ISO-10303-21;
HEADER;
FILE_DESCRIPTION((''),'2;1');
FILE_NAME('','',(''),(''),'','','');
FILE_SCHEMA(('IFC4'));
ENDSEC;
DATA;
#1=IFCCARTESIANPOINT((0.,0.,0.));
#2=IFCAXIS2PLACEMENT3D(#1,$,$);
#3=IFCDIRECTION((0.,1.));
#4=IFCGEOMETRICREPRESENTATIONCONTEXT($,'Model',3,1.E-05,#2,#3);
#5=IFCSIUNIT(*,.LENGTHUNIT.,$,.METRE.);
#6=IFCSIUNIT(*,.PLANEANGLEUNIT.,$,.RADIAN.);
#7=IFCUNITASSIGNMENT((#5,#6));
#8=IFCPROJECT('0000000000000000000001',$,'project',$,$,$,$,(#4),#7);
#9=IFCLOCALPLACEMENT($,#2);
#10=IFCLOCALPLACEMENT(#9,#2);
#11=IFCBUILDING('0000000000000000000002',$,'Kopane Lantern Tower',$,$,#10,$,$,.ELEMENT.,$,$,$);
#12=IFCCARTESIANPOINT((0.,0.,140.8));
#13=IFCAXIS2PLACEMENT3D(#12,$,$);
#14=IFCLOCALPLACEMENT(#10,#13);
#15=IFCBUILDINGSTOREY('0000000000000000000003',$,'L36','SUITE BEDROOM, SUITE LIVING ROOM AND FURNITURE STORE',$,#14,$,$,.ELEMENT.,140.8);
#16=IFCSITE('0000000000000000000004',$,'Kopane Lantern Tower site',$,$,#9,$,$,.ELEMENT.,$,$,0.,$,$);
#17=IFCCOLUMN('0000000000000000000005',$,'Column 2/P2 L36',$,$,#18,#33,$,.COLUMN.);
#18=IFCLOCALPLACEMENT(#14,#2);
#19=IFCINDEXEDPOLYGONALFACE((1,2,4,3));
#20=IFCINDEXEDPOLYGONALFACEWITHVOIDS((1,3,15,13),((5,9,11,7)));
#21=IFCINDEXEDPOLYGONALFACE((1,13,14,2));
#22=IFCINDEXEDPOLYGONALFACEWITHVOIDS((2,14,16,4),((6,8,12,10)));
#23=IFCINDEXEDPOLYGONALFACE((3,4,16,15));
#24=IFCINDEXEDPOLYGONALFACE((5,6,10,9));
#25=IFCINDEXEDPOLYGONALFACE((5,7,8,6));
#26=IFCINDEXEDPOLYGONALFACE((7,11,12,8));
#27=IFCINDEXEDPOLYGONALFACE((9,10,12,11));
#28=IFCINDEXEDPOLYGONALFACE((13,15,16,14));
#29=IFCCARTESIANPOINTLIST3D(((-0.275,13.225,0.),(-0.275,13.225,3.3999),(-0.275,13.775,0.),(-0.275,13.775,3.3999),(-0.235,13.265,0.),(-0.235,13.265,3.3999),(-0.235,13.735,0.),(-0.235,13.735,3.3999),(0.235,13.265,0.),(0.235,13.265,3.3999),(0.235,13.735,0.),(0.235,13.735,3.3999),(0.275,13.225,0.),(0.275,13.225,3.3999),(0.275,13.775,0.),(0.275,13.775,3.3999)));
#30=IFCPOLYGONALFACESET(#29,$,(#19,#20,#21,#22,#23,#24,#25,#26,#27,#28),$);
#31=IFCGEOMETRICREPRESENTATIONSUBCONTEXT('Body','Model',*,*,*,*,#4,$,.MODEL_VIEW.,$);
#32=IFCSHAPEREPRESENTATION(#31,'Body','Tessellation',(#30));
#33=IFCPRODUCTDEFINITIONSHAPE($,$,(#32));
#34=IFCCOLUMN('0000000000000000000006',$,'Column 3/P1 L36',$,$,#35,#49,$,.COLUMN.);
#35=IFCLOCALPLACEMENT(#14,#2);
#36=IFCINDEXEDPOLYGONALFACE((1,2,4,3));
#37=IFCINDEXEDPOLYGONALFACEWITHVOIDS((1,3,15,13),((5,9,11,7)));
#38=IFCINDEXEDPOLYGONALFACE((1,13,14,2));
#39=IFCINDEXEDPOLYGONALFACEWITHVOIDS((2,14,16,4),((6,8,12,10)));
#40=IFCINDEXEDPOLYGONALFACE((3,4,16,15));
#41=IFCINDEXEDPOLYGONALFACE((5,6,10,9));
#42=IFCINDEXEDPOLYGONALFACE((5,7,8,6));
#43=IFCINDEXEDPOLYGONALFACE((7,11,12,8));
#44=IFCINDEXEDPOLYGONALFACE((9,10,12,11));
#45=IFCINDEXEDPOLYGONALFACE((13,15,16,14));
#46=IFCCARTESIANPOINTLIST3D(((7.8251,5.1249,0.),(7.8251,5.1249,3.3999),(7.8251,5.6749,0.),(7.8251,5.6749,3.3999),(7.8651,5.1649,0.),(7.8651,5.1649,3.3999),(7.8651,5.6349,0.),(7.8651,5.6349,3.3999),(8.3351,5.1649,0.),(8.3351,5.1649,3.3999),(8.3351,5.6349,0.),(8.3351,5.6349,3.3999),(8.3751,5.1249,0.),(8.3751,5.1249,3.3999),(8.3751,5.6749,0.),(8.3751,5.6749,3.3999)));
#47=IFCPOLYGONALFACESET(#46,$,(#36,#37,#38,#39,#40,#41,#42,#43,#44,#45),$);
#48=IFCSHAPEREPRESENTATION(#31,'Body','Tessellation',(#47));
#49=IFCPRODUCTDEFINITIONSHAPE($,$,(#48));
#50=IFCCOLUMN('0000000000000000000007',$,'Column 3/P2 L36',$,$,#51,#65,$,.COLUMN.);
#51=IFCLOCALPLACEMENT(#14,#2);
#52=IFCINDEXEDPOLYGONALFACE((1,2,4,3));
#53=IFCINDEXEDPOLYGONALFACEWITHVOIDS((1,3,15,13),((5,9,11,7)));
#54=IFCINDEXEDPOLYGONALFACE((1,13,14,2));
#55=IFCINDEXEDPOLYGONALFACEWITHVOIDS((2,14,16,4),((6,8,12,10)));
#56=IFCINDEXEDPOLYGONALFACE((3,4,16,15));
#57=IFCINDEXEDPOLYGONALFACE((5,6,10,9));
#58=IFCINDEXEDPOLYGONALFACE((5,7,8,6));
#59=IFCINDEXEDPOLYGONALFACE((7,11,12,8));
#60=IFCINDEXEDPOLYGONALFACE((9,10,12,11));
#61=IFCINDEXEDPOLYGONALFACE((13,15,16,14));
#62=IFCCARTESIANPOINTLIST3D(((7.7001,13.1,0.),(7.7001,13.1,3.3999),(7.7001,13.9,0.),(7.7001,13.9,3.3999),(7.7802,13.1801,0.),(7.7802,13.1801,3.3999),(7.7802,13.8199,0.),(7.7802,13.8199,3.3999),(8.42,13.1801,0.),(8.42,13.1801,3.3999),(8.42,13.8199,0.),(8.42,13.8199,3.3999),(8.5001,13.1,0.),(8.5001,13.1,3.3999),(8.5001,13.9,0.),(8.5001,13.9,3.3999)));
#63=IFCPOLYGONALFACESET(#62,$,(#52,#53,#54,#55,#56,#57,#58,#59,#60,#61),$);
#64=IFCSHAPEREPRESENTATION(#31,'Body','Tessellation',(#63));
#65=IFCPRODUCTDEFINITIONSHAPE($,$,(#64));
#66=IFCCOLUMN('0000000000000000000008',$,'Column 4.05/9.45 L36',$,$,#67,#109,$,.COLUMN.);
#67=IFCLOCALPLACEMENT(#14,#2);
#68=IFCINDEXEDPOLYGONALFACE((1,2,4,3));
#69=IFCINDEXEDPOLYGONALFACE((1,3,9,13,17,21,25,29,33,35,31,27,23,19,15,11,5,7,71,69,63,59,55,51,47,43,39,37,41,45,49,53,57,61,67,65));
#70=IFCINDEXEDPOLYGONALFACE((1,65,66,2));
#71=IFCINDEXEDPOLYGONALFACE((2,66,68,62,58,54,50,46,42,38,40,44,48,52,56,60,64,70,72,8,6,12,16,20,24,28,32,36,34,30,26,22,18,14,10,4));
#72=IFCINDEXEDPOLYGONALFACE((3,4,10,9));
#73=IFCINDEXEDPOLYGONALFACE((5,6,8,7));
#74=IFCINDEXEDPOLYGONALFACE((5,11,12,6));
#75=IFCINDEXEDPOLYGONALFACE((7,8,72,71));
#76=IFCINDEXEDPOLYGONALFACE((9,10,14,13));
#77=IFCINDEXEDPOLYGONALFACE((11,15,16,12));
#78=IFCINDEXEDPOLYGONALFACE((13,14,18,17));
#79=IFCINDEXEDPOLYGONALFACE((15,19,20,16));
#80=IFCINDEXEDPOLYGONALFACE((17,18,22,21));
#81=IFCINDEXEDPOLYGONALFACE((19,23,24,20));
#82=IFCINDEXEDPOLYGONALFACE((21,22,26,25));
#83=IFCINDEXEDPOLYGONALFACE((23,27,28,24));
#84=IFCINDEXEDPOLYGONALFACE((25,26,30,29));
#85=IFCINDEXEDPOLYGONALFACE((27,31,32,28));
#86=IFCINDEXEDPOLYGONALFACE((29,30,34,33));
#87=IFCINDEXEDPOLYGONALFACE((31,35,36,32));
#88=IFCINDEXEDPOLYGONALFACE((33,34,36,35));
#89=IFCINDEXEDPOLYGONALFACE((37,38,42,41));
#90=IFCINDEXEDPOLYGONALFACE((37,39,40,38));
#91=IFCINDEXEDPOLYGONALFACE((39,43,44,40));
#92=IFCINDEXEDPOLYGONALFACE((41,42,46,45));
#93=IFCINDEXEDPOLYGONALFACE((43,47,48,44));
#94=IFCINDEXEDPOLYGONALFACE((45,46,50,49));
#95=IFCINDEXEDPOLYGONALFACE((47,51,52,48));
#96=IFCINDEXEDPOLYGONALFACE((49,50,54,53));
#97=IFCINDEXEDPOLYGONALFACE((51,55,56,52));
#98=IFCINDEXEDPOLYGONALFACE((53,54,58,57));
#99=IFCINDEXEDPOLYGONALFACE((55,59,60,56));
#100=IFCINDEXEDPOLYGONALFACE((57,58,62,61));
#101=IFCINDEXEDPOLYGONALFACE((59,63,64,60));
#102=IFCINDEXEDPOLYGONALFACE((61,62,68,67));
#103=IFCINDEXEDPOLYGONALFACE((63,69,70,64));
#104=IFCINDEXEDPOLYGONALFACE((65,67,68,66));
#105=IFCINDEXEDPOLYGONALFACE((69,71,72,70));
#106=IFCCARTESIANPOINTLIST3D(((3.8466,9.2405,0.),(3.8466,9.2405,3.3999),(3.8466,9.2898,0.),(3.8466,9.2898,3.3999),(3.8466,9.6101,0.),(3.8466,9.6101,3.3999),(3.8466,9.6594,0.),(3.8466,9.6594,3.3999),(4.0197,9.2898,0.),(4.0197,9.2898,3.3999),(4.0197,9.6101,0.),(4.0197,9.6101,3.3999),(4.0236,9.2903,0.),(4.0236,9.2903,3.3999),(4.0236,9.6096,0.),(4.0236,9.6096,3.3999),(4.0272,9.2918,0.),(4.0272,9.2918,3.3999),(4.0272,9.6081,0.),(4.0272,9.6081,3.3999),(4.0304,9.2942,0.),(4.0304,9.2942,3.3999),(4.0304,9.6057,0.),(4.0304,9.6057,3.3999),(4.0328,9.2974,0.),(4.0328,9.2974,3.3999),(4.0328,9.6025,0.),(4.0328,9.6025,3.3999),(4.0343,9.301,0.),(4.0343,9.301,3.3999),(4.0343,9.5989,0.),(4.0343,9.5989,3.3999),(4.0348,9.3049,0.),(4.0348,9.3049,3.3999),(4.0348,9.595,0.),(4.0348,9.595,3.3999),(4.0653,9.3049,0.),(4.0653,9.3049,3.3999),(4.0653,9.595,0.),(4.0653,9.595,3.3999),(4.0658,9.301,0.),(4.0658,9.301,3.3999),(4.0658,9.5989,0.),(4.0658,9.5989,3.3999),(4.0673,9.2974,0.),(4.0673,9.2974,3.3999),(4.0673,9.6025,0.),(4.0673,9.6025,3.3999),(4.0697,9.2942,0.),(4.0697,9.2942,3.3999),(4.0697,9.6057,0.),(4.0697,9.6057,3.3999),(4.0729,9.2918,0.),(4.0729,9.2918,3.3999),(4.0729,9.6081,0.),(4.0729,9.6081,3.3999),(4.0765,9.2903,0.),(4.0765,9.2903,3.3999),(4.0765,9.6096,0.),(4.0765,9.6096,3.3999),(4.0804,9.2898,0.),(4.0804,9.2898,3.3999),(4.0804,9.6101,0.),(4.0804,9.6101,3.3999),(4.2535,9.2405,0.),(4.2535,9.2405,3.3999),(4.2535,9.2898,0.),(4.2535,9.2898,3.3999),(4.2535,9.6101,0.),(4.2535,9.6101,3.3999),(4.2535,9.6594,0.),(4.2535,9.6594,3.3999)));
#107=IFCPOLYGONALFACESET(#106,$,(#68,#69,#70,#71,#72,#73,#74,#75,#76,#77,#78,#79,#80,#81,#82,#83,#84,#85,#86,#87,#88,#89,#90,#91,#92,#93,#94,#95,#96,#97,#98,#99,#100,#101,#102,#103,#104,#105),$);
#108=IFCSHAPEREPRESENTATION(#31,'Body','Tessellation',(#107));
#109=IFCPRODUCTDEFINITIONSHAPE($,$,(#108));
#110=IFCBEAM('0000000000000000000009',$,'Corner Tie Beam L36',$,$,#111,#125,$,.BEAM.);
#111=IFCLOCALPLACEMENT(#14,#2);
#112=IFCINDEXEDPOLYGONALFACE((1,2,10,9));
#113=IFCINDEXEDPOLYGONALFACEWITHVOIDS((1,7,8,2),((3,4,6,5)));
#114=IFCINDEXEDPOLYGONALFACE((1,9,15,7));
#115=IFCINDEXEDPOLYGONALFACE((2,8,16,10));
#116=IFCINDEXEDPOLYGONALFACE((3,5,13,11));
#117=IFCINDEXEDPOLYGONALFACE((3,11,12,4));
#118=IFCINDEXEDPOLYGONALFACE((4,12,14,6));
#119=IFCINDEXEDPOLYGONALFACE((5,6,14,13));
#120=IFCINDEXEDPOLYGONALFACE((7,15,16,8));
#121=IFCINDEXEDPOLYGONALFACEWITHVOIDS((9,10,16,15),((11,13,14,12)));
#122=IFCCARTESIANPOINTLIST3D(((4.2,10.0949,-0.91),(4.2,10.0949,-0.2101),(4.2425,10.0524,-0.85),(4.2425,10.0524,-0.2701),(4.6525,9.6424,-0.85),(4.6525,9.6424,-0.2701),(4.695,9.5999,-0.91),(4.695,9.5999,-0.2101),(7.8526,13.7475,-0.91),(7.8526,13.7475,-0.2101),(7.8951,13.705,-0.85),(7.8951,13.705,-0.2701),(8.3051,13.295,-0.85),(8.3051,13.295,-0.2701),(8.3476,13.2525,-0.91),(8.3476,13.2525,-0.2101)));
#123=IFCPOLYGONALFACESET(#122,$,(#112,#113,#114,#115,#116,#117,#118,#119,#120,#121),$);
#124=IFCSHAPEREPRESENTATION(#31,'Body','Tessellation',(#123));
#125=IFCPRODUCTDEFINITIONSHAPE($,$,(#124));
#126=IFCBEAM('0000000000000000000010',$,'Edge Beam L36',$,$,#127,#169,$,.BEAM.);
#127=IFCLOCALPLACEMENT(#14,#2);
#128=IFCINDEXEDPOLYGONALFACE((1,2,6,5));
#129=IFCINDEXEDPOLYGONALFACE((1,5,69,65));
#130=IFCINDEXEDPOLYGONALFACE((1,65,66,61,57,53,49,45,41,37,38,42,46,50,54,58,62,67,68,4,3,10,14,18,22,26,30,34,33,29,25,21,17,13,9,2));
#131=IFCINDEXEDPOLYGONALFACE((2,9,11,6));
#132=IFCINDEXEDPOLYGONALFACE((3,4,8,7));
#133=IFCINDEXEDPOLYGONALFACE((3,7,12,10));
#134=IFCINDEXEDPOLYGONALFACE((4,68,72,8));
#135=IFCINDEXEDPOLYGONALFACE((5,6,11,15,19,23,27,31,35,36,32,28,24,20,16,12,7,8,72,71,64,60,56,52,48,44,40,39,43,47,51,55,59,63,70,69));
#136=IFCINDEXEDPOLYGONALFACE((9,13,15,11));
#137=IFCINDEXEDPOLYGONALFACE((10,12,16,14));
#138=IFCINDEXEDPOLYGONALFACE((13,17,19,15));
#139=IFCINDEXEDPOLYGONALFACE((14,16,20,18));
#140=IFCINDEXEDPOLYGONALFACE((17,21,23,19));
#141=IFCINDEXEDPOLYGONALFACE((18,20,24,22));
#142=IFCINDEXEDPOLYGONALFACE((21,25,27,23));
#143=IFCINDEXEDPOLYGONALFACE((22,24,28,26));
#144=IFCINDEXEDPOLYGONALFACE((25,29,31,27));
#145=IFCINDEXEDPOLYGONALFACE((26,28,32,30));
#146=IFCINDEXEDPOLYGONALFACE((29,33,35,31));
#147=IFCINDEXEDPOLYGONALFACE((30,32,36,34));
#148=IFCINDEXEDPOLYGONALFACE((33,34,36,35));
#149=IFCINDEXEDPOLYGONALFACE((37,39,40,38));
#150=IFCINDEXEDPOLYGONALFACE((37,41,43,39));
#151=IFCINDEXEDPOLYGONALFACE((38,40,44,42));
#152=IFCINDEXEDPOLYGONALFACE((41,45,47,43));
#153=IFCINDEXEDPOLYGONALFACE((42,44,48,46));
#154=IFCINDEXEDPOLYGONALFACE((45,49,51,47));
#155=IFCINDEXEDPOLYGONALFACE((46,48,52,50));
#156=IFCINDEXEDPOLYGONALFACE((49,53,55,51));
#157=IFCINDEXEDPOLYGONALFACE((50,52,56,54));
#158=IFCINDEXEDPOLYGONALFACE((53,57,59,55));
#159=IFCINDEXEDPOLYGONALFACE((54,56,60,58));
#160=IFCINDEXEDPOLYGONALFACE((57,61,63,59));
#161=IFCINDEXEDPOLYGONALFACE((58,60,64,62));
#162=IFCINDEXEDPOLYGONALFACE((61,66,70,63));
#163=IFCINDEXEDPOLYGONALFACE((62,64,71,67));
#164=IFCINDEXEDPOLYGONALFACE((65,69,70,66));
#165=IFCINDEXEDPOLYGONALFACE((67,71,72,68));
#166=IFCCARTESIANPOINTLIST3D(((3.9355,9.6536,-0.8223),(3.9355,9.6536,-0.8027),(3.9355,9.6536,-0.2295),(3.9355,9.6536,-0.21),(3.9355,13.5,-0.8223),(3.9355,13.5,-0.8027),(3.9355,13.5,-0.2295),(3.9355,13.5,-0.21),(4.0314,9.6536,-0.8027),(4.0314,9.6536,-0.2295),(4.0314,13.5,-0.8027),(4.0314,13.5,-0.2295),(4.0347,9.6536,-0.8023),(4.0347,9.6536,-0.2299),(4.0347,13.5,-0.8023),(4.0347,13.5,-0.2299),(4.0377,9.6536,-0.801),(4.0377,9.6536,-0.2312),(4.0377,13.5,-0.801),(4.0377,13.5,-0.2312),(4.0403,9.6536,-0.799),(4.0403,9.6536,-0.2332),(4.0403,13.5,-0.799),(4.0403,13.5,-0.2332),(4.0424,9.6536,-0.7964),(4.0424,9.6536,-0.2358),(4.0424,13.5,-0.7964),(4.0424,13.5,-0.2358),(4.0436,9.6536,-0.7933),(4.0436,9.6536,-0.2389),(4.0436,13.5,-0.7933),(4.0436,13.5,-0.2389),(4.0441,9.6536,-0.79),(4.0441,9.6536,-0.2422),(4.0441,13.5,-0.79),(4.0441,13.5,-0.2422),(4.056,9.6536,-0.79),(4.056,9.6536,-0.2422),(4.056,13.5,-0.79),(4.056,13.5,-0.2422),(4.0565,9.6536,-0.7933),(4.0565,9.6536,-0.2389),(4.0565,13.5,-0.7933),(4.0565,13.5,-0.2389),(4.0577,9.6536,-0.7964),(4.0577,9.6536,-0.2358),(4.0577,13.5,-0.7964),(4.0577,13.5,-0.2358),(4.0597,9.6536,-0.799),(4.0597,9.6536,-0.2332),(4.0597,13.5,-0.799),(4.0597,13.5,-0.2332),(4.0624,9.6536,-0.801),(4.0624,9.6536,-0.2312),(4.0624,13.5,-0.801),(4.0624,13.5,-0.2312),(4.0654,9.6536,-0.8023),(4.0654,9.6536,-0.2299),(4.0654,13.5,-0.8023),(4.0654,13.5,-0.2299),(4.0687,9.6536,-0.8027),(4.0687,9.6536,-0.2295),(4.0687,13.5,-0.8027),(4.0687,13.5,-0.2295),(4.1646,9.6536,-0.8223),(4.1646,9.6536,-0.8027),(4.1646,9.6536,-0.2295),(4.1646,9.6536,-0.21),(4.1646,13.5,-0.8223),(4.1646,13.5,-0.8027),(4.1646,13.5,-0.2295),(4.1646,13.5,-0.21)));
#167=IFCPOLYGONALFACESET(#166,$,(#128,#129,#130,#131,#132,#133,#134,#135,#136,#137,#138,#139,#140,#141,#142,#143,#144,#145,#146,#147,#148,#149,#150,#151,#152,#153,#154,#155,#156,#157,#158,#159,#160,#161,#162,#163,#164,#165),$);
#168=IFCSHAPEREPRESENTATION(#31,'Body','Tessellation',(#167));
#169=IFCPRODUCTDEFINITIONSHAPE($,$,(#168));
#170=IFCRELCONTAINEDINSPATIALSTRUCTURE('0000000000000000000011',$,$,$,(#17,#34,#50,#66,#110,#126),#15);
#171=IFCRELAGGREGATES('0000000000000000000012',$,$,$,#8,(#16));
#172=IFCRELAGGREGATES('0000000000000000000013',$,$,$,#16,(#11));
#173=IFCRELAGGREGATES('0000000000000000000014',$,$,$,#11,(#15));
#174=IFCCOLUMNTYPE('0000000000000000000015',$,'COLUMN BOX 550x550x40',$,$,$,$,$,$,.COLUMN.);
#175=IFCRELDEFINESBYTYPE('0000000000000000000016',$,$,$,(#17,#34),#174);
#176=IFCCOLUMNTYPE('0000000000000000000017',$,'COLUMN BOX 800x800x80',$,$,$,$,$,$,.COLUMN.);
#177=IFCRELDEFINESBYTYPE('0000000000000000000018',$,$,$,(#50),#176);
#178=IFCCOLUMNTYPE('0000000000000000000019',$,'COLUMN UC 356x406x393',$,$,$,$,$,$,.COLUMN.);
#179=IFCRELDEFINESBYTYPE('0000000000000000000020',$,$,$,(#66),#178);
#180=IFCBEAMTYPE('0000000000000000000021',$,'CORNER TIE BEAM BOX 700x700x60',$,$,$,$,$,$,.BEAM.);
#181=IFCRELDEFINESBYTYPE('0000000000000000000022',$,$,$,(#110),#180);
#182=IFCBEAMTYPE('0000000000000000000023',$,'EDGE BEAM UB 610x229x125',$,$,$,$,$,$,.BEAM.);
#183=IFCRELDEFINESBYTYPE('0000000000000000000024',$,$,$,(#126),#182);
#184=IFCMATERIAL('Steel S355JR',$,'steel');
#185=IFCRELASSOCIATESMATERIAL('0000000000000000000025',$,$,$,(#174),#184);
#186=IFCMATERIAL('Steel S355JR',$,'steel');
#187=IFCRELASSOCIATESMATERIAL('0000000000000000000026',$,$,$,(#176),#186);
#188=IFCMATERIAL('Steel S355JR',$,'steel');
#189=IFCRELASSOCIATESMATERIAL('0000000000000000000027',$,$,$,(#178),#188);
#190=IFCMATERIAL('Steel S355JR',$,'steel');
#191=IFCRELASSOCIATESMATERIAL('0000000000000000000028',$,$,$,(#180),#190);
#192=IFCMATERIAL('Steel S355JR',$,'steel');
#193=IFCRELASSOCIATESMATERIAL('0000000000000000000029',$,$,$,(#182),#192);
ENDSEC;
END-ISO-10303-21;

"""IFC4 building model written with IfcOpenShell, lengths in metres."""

from ifc_helpers import new_model, si_unit, direction, frame, origin, origin_2d, place, context, subcontext, project, spatial, hollow_rectangle, i_section, extrude, material, material_profile, profile_set, type_object, element, save


model = new_model("IFC4")

# Units and contexts
model_context = context("Model", 3, precision=1e-05, world=origin(), true_north=direction((0.0, 1.0)))
body_context = subcontext(model_context, "Body", "Model", "MODEL_VIEW")
ifc_project = project(units=[si_unit("LENGTHUNIT", "METRE"), si_unit("PLANEANGLEUNIT", "RADIAN")], contexts=[model_context])

# Site, building, storey
site_placement = place(None, origin())
site = spatial("IfcSite", under=ifc_project, at=site_placement, Name="Kopane Lantern Tower site", CompositionType="ELEMENT", RefElevation=0.0)
building_placement = place(site_placement, origin())
building = spatial("IfcBuilding", under=site, at=building_placement, Name="Kopane Lantern Tower", CompositionType="ELEMENT")
storey_placement = place(building_placement, frame((0.0, 0.0, 140.8)))
storey = spatial("IfcBuildingStorey", under=building, at=storey_placement, Name="L36", Description="SUITE BEDROOM, SUITE LIVING ROOM AND FURNITURE STORE", CompositionType="ELEMENT", Elevation=140.8)

# Columns
ifc_material_1 = material(Name="Steel S355JR", Category="steel")
ifc_material_profile_1 = material_profile(ifc_material_1, hollow_rectangle(XDim=0.55, YDim=0.55, WallThickness=0.04, at=origin_2d()), Name="BOX 550x550x40")
ifc_profile_set_1 = profile_set([ifc_material_profile_1], Name="Steel S355JR")
column_type_1 = type_object("IfcColumnType", Name="COLUMN BOX 550x550x40", PredefinedType="COLUMN", material=ifc_profile_set_1)
for number, where, z_axis, x_axis, name in (
    (1, (0.0, 13.5, 0.0), (0.0, 0.0, 1.0), (1.0, 0.0, 0.0), "Column 2/P2 L36"),
    (2, (8.1001, 5.3999, 0.0), (0.0, 0.0, 1.0), (1.0, 0.0, 0.0), "Column 3/P1 L36"),
):
    element("IfcColumn", number, at=place(storey_placement, frame(where, z_axis=z_axis, x_axis=x_axis)), inside=storey, type_object=column_type_1, Name=name, PredefinedType="COLUMN", context=body_context, shape_type="SweptSolid", body=[
        extrude(hollow_rectangle(XDim=0.55, YDim=0.55, WallThickness=0.04, at=origin_2d()), origin(), (0.0, 0.0, 1.0), 3.3999),
    ])
ifc_material_2 = material(Name="Steel S355JR", Category="steel")
ifc_material_profile_2 = material_profile(ifc_material_2, hollow_rectangle(XDim=0.8, YDim=0.8, WallThickness=0.0801, at=origin_2d()), Name="BOX 800x800x80")
ifc_profile_set_2 = profile_set([ifc_material_profile_2], Name="Steel S355JR")
column_type_2 = type_object("IfcColumnType", Name="COLUMN BOX 800x800x80", PredefinedType="COLUMN", material=ifc_profile_set_2)
column_1_placement = place(storey_placement, frame((8.1001, 13.5, 0.0), z_axis=(0.0, 0.0, 1.0), x_axis=(1.0, 0.0, 0.0)))
element("IfcColumn", 3, at=column_1_placement, inside=storey, type_object=column_type_2, Name="Column 3/P2 L36", PredefinedType="COLUMN", context=body_context, shape_type="SweptSolid", body=[
    extrude(hollow_rectangle(XDim=0.8, YDim=0.8, WallThickness=0.0801, at=origin_2d()), origin(), (0.0, 0.0, 1.0), 3.3999),
])
ifc_material_3 = material(Name="Steel S355JR", Category="steel")
ifc_material_profile_3 = material_profile(ifc_material_3, i_section(OverallWidth=0.407, OverallDepth=0.4189, WebThickness=0.0305, FlangeThickness=0.0493, FilletRadius=0.0151, at=origin_2d()), Name="UC 356x406x393")
ifc_profile_set_3 = profile_set([ifc_material_profile_3], Name="Steel S355JR")
column_type_3 = type_object("IfcColumnType", Name="COLUMN UC 356x406x393", PredefinedType="COLUMN", material=ifc_profile_set_3)
column_2_placement = place(storey_placement, frame((4.05, 9.45, 0.0), z_axis=(0.0, 0.0, 1.0), x_axis=(1.0, 0.0, 0.0)))
element("IfcColumn", 4, at=column_2_placement, inside=storey, type_object=column_type_3, Name="Column 4.05/9.45 L36", PredefinedType="COLUMN", context=body_context, shape_type="SweptSolid", body=[
    extrude(i_section(OverallWidth=0.407, OverallDepth=0.4189, WebThickness=0.0305, FlangeThickness=0.0493, FilletRadius=0.0151, at=origin_2d()), origin(), (0.0, 0.0, 1.0), 3.3999),
])

# Beams
ifc_material_4 = material(Name="Steel S355JR", Category="steel")
ifc_material_profile_4 = material_profile(ifc_material_4, hollow_rectangle(XDim=0.7, YDim=0.7, WallThickness=0.0601, at=origin_2d()), Name="BOX 700x700x60")
ifc_profile_set_4 = profile_set([ifc_material_profile_4], Name="Steel S355JR")
beam_type_1 = type_object("IfcBeamType", Name="CORNER TIE BEAM BOX 700x700x60", PredefinedType="BEAM", material=ifc_profile_set_4)
beam_1_placement = place(storey_placement, frame((4.4475, 9.8474, -0.5601), z_axis=(0.707107, 0.707107, 0.0), x_axis=(-0.707107, 0.707107, 0.0)))
element("IfcBeam", 5, at=beam_1_placement, inside=storey, type_object=beam_type_1, Name="Corner Tie Beam L36", PredefinedType="BEAM", context=body_context, shape_type="SweptSolid", body=[
    extrude(hollow_rectangle(XDim=0.7, YDim=0.7, WallThickness=0.0601, at=origin_2d()), origin(), (0.0, 0.0, 1.0), 5.1655),
])
ifc_material_5 = material(Name="Steel S355JR", Category="steel")
ifc_material_profile_5 = material_profile(ifc_material_5, i_section(OverallWidth=0.229, OverallDepth=0.6123, WebThickness=0.012, FlangeThickness=0.0195, FilletRadius=0.0127, at=origin_2d()), Name="UB 610x229x125")
ifc_profile_set_5 = profile_set([ifc_material_profile_5], Name="Steel S355JR")
beam_type_2 = type_object("IfcBeamType", Name="EDGE BEAM UB 610x229x125", PredefinedType="BEAM", material=ifc_profile_set_5)
beam_2_placement = place(storey_placement, frame((4.05, 9.6536, -0.5161), z_axis=(0.0, 1.0, 0.0), x_axis=(-1.0, 0.0, 0.0)))
element("IfcBeam", 6, at=beam_2_placement, inside=storey, type_object=beam_type_2, Name="Edge Beam L36", PredefinedType="BEAM", context=body_context, shape_type="SweptSolid", body=[
    extrude(i_section(OverallWidth=0.229, OverallDepth=0.6123, WebThickness=0.012, FlangeThickness=0.0195, FilletRadius=0.0127, at=origin_2d()), origin(), (0.0, 0.0, 1.0), 3.8464),
])

save(model, "model.ifc")
